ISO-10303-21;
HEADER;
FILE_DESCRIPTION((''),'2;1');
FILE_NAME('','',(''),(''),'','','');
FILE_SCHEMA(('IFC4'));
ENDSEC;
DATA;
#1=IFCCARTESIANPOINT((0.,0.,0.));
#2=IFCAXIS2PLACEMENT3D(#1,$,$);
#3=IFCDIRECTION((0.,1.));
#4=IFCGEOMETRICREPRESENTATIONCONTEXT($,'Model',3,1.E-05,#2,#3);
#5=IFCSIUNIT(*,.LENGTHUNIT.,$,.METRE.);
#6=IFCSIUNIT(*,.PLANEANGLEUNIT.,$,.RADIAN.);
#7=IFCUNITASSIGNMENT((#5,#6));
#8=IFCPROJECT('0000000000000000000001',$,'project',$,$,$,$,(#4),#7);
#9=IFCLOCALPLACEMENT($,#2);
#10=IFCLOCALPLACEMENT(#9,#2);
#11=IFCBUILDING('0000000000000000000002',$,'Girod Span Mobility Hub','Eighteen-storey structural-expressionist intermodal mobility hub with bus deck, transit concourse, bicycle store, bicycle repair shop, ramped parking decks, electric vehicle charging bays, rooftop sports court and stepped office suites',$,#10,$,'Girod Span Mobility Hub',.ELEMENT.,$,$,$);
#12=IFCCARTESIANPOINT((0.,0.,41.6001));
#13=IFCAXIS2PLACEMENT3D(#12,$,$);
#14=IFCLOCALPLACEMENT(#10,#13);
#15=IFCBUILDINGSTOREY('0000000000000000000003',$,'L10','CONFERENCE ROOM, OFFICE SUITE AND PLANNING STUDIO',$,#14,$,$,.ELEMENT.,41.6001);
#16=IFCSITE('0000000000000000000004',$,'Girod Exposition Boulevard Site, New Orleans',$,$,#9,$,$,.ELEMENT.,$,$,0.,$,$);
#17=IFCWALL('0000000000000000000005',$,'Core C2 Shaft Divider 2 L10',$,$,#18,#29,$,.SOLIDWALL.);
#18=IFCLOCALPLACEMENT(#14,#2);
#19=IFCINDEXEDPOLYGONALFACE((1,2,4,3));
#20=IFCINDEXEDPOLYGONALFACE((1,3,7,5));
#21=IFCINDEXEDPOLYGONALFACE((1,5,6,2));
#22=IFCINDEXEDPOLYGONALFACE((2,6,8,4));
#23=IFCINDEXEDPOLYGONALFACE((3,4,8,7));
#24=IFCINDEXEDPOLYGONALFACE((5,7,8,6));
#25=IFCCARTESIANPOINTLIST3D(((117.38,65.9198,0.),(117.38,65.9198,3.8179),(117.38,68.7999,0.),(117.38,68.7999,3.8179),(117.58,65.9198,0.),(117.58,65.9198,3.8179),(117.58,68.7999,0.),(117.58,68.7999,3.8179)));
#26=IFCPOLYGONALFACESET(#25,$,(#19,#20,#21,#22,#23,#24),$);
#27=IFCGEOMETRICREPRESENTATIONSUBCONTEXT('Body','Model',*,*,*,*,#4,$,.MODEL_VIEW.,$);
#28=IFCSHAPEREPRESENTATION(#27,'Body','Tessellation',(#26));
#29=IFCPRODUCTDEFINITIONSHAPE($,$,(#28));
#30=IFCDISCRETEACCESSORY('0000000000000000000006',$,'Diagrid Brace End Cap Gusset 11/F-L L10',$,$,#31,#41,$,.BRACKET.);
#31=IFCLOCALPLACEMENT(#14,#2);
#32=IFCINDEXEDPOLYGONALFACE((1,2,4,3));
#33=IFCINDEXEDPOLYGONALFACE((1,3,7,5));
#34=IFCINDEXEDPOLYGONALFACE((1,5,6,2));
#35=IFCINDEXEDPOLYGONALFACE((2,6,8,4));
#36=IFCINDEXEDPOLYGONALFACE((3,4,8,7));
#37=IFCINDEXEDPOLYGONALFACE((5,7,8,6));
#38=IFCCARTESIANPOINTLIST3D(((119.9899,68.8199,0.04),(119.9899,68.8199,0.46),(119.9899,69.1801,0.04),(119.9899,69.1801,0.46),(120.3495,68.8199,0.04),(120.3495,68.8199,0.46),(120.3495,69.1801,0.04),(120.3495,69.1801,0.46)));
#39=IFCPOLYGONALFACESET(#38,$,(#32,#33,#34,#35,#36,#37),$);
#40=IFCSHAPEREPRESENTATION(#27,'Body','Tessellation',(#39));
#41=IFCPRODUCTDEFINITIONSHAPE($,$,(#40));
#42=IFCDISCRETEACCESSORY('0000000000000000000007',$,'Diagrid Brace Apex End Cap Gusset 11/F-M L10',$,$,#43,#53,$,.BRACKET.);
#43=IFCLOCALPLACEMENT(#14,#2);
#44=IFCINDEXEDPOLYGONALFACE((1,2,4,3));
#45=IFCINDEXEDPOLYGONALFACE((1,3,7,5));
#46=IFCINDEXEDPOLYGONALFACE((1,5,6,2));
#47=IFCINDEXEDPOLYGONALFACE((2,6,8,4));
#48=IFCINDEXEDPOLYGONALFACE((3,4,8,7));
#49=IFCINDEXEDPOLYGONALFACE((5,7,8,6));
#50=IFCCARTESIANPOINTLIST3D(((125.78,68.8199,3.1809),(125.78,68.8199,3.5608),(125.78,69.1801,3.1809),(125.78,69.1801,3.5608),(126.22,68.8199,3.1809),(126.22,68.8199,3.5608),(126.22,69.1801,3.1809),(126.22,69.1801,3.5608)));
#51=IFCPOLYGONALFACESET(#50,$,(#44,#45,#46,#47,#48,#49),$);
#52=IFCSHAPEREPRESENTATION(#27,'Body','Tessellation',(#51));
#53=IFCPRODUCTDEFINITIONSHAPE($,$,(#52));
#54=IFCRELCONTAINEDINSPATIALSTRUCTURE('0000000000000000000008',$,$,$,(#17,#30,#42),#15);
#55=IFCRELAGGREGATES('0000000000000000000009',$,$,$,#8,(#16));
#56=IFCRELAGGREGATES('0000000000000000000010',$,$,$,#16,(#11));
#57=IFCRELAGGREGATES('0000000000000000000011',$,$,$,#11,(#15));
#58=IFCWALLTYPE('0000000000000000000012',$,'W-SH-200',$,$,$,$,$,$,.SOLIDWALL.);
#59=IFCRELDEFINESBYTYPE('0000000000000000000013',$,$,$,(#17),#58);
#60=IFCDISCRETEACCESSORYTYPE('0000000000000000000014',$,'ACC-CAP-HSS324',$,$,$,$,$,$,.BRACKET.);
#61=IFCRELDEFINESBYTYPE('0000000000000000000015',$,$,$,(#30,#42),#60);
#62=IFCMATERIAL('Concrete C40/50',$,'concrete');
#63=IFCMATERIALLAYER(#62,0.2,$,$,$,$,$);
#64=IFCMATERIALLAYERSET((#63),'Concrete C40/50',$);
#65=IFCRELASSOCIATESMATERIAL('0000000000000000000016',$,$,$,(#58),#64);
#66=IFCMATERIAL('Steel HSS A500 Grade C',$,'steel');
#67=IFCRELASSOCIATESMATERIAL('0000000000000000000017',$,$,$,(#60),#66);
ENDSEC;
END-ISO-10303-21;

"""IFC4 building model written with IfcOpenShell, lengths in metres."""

from ifc_helpers import new_model, si_unit, direction, frame, frame_2d, origin, origin_2d, place, context, subcontext, project, spatial, rectangle, extrude, material, layer, layer_set, type_object, element, save


model = new_model("IFC4")

# Units and contexts
model_context = context("Model", 3, precision=1e-05, world=origin(), true_north=direction((0.0, 1.0)))
body_context = subcontext(model_context, "Body", "Model", "MODEL_VIEW")
ifc_project = project(units=[si_unit("LENGTHUNIT", "METRE"), si_unit("PLANEANGLEUNIT", "RADIAN")], contexts=[model_context])

# Site, building, storey
site_placement = place(None, origin())
site = spatial("IfcSite", under=ifc_project, at=site_placement, Name="Girod Exposition Boulevard Site, New Orleans", CompositionType="ELEMENT", RefElevation=0.0)
building_placement = place(site_placement, origin())
building = spatial("IfcBuilding", under=site, at=building_placement, Name="Girod Span Mobility Hub", Description="Eighteen-storey structural-expressionist intermodal mobility hub with bus deck, transit concourse, bicycle store, bicycle repair shop, ramped parking decks, electric vehicle charging bays, rooftop sports court and stepped office suites", LongName="Girod Span Mobility Hub", CompositionType="ELEMENT")
storey_placement = place(building_placement, frame((0.0, 0.0, 41.6001)))
storey = spatial("IfcBuildingStorey", under=building, at=storey_placement, Name="L10", Description="CONFERENCE ROOM, OFFICE SUITE AND PLANNING STUDIO", CompositionType="ELEMENT", Elevation=41.6001)

# Wall
ifc_material_1 = material(Name="Concrete C40/50", Category="concrete")
ifc_layer_1 = layer(ifc_material_1, 0.2)
ifc_layer_set_1 = layer_set([ifc_layer_1], Name="Concrete C40/50")
wall_type = type_object("IfcWallType", Name="W-SH-200", PredefinedType="SOLIDWALL", material=ifc_layer_set_1)
for number, where, z_axis, x_axis, name in (
    (1, (117.48, 65.9199, 0.0), (0.0, 0.0, 1.0), (0.0, 1.0, 0.0), "Core C2 Shaft Divider 2 L10"),
):
    element("IfcWall", number, at=place(storey_placement, frame(where, z_axis=z_axis, x_axis=x_axis)), inside=storey, type_object=wall_type, Name=name, PredefinedType="SOLIDWALL", context=body_context, shape_type="SweptSolid", body=[
        extrude(rectangle(XDim=2.8801, YDim=0.2, at=frame_2d((1.4399, 0.0))), origin(), (0.0, 0.0, 1.0), 3.8179),
    ])

# Discrete accessories
ifc_material_2 = material(Name="Steel HSS A500 Grade C", Category="steel")
discrete_accessory_type = type_object("IfcDiscreteAccessoryType", Name="ACC-CAP-HSS324", PredefinedType="BRACKET", material=ifc_material_2)
discrete_accessory_1_placement = place(storey_placement, frame((120.1697, 69.0, 0.04), z_axis=(0.0, 0.0, 1.0), x_axis=(1.0, 0.0, 0.0)))
element("IfcDiscreteAccessory", 2, at=discrete_accessory_1_placement, inside=storey, type_object=discrete_accessory_type, Name="Diagrid Brace End Cap Gusset 11/F-L L10", PredefinedType="BRACKET", context=body_context, shape_type="SweptSolid", body=[
    extrude(rectangle(XDim=0.3596, YDim=0.3601, at=origin_2d()), origin(), (0.0, 0.0, 1.0), 0.4199),
])
discrete_accessory_2_placement = place(storey_placement, frame((126.0, 69.0, 3.1809), z_axis=(0.0, 0.0, 1.0), x_axis=(1.0, 0.0, 0.0)))
element("IfcDiscreteAccessory", 3, at=discrete_accessory_2_placement, inside=storey, type_object=discrete_accessory_type, Name="Diagrid Brace Apex End Cap Gusset 11/F-M L10", PredefinedType="BRACKET", context=body_context, shape_type="SweptSolid", body=[
    extrude(rectangle(XDim=0.4399, YDim=0.3601, at=origin_2d()), origin(), (0.0, 0.0, 1.0), 0.3799),
])

save(model, "model.ifc")
